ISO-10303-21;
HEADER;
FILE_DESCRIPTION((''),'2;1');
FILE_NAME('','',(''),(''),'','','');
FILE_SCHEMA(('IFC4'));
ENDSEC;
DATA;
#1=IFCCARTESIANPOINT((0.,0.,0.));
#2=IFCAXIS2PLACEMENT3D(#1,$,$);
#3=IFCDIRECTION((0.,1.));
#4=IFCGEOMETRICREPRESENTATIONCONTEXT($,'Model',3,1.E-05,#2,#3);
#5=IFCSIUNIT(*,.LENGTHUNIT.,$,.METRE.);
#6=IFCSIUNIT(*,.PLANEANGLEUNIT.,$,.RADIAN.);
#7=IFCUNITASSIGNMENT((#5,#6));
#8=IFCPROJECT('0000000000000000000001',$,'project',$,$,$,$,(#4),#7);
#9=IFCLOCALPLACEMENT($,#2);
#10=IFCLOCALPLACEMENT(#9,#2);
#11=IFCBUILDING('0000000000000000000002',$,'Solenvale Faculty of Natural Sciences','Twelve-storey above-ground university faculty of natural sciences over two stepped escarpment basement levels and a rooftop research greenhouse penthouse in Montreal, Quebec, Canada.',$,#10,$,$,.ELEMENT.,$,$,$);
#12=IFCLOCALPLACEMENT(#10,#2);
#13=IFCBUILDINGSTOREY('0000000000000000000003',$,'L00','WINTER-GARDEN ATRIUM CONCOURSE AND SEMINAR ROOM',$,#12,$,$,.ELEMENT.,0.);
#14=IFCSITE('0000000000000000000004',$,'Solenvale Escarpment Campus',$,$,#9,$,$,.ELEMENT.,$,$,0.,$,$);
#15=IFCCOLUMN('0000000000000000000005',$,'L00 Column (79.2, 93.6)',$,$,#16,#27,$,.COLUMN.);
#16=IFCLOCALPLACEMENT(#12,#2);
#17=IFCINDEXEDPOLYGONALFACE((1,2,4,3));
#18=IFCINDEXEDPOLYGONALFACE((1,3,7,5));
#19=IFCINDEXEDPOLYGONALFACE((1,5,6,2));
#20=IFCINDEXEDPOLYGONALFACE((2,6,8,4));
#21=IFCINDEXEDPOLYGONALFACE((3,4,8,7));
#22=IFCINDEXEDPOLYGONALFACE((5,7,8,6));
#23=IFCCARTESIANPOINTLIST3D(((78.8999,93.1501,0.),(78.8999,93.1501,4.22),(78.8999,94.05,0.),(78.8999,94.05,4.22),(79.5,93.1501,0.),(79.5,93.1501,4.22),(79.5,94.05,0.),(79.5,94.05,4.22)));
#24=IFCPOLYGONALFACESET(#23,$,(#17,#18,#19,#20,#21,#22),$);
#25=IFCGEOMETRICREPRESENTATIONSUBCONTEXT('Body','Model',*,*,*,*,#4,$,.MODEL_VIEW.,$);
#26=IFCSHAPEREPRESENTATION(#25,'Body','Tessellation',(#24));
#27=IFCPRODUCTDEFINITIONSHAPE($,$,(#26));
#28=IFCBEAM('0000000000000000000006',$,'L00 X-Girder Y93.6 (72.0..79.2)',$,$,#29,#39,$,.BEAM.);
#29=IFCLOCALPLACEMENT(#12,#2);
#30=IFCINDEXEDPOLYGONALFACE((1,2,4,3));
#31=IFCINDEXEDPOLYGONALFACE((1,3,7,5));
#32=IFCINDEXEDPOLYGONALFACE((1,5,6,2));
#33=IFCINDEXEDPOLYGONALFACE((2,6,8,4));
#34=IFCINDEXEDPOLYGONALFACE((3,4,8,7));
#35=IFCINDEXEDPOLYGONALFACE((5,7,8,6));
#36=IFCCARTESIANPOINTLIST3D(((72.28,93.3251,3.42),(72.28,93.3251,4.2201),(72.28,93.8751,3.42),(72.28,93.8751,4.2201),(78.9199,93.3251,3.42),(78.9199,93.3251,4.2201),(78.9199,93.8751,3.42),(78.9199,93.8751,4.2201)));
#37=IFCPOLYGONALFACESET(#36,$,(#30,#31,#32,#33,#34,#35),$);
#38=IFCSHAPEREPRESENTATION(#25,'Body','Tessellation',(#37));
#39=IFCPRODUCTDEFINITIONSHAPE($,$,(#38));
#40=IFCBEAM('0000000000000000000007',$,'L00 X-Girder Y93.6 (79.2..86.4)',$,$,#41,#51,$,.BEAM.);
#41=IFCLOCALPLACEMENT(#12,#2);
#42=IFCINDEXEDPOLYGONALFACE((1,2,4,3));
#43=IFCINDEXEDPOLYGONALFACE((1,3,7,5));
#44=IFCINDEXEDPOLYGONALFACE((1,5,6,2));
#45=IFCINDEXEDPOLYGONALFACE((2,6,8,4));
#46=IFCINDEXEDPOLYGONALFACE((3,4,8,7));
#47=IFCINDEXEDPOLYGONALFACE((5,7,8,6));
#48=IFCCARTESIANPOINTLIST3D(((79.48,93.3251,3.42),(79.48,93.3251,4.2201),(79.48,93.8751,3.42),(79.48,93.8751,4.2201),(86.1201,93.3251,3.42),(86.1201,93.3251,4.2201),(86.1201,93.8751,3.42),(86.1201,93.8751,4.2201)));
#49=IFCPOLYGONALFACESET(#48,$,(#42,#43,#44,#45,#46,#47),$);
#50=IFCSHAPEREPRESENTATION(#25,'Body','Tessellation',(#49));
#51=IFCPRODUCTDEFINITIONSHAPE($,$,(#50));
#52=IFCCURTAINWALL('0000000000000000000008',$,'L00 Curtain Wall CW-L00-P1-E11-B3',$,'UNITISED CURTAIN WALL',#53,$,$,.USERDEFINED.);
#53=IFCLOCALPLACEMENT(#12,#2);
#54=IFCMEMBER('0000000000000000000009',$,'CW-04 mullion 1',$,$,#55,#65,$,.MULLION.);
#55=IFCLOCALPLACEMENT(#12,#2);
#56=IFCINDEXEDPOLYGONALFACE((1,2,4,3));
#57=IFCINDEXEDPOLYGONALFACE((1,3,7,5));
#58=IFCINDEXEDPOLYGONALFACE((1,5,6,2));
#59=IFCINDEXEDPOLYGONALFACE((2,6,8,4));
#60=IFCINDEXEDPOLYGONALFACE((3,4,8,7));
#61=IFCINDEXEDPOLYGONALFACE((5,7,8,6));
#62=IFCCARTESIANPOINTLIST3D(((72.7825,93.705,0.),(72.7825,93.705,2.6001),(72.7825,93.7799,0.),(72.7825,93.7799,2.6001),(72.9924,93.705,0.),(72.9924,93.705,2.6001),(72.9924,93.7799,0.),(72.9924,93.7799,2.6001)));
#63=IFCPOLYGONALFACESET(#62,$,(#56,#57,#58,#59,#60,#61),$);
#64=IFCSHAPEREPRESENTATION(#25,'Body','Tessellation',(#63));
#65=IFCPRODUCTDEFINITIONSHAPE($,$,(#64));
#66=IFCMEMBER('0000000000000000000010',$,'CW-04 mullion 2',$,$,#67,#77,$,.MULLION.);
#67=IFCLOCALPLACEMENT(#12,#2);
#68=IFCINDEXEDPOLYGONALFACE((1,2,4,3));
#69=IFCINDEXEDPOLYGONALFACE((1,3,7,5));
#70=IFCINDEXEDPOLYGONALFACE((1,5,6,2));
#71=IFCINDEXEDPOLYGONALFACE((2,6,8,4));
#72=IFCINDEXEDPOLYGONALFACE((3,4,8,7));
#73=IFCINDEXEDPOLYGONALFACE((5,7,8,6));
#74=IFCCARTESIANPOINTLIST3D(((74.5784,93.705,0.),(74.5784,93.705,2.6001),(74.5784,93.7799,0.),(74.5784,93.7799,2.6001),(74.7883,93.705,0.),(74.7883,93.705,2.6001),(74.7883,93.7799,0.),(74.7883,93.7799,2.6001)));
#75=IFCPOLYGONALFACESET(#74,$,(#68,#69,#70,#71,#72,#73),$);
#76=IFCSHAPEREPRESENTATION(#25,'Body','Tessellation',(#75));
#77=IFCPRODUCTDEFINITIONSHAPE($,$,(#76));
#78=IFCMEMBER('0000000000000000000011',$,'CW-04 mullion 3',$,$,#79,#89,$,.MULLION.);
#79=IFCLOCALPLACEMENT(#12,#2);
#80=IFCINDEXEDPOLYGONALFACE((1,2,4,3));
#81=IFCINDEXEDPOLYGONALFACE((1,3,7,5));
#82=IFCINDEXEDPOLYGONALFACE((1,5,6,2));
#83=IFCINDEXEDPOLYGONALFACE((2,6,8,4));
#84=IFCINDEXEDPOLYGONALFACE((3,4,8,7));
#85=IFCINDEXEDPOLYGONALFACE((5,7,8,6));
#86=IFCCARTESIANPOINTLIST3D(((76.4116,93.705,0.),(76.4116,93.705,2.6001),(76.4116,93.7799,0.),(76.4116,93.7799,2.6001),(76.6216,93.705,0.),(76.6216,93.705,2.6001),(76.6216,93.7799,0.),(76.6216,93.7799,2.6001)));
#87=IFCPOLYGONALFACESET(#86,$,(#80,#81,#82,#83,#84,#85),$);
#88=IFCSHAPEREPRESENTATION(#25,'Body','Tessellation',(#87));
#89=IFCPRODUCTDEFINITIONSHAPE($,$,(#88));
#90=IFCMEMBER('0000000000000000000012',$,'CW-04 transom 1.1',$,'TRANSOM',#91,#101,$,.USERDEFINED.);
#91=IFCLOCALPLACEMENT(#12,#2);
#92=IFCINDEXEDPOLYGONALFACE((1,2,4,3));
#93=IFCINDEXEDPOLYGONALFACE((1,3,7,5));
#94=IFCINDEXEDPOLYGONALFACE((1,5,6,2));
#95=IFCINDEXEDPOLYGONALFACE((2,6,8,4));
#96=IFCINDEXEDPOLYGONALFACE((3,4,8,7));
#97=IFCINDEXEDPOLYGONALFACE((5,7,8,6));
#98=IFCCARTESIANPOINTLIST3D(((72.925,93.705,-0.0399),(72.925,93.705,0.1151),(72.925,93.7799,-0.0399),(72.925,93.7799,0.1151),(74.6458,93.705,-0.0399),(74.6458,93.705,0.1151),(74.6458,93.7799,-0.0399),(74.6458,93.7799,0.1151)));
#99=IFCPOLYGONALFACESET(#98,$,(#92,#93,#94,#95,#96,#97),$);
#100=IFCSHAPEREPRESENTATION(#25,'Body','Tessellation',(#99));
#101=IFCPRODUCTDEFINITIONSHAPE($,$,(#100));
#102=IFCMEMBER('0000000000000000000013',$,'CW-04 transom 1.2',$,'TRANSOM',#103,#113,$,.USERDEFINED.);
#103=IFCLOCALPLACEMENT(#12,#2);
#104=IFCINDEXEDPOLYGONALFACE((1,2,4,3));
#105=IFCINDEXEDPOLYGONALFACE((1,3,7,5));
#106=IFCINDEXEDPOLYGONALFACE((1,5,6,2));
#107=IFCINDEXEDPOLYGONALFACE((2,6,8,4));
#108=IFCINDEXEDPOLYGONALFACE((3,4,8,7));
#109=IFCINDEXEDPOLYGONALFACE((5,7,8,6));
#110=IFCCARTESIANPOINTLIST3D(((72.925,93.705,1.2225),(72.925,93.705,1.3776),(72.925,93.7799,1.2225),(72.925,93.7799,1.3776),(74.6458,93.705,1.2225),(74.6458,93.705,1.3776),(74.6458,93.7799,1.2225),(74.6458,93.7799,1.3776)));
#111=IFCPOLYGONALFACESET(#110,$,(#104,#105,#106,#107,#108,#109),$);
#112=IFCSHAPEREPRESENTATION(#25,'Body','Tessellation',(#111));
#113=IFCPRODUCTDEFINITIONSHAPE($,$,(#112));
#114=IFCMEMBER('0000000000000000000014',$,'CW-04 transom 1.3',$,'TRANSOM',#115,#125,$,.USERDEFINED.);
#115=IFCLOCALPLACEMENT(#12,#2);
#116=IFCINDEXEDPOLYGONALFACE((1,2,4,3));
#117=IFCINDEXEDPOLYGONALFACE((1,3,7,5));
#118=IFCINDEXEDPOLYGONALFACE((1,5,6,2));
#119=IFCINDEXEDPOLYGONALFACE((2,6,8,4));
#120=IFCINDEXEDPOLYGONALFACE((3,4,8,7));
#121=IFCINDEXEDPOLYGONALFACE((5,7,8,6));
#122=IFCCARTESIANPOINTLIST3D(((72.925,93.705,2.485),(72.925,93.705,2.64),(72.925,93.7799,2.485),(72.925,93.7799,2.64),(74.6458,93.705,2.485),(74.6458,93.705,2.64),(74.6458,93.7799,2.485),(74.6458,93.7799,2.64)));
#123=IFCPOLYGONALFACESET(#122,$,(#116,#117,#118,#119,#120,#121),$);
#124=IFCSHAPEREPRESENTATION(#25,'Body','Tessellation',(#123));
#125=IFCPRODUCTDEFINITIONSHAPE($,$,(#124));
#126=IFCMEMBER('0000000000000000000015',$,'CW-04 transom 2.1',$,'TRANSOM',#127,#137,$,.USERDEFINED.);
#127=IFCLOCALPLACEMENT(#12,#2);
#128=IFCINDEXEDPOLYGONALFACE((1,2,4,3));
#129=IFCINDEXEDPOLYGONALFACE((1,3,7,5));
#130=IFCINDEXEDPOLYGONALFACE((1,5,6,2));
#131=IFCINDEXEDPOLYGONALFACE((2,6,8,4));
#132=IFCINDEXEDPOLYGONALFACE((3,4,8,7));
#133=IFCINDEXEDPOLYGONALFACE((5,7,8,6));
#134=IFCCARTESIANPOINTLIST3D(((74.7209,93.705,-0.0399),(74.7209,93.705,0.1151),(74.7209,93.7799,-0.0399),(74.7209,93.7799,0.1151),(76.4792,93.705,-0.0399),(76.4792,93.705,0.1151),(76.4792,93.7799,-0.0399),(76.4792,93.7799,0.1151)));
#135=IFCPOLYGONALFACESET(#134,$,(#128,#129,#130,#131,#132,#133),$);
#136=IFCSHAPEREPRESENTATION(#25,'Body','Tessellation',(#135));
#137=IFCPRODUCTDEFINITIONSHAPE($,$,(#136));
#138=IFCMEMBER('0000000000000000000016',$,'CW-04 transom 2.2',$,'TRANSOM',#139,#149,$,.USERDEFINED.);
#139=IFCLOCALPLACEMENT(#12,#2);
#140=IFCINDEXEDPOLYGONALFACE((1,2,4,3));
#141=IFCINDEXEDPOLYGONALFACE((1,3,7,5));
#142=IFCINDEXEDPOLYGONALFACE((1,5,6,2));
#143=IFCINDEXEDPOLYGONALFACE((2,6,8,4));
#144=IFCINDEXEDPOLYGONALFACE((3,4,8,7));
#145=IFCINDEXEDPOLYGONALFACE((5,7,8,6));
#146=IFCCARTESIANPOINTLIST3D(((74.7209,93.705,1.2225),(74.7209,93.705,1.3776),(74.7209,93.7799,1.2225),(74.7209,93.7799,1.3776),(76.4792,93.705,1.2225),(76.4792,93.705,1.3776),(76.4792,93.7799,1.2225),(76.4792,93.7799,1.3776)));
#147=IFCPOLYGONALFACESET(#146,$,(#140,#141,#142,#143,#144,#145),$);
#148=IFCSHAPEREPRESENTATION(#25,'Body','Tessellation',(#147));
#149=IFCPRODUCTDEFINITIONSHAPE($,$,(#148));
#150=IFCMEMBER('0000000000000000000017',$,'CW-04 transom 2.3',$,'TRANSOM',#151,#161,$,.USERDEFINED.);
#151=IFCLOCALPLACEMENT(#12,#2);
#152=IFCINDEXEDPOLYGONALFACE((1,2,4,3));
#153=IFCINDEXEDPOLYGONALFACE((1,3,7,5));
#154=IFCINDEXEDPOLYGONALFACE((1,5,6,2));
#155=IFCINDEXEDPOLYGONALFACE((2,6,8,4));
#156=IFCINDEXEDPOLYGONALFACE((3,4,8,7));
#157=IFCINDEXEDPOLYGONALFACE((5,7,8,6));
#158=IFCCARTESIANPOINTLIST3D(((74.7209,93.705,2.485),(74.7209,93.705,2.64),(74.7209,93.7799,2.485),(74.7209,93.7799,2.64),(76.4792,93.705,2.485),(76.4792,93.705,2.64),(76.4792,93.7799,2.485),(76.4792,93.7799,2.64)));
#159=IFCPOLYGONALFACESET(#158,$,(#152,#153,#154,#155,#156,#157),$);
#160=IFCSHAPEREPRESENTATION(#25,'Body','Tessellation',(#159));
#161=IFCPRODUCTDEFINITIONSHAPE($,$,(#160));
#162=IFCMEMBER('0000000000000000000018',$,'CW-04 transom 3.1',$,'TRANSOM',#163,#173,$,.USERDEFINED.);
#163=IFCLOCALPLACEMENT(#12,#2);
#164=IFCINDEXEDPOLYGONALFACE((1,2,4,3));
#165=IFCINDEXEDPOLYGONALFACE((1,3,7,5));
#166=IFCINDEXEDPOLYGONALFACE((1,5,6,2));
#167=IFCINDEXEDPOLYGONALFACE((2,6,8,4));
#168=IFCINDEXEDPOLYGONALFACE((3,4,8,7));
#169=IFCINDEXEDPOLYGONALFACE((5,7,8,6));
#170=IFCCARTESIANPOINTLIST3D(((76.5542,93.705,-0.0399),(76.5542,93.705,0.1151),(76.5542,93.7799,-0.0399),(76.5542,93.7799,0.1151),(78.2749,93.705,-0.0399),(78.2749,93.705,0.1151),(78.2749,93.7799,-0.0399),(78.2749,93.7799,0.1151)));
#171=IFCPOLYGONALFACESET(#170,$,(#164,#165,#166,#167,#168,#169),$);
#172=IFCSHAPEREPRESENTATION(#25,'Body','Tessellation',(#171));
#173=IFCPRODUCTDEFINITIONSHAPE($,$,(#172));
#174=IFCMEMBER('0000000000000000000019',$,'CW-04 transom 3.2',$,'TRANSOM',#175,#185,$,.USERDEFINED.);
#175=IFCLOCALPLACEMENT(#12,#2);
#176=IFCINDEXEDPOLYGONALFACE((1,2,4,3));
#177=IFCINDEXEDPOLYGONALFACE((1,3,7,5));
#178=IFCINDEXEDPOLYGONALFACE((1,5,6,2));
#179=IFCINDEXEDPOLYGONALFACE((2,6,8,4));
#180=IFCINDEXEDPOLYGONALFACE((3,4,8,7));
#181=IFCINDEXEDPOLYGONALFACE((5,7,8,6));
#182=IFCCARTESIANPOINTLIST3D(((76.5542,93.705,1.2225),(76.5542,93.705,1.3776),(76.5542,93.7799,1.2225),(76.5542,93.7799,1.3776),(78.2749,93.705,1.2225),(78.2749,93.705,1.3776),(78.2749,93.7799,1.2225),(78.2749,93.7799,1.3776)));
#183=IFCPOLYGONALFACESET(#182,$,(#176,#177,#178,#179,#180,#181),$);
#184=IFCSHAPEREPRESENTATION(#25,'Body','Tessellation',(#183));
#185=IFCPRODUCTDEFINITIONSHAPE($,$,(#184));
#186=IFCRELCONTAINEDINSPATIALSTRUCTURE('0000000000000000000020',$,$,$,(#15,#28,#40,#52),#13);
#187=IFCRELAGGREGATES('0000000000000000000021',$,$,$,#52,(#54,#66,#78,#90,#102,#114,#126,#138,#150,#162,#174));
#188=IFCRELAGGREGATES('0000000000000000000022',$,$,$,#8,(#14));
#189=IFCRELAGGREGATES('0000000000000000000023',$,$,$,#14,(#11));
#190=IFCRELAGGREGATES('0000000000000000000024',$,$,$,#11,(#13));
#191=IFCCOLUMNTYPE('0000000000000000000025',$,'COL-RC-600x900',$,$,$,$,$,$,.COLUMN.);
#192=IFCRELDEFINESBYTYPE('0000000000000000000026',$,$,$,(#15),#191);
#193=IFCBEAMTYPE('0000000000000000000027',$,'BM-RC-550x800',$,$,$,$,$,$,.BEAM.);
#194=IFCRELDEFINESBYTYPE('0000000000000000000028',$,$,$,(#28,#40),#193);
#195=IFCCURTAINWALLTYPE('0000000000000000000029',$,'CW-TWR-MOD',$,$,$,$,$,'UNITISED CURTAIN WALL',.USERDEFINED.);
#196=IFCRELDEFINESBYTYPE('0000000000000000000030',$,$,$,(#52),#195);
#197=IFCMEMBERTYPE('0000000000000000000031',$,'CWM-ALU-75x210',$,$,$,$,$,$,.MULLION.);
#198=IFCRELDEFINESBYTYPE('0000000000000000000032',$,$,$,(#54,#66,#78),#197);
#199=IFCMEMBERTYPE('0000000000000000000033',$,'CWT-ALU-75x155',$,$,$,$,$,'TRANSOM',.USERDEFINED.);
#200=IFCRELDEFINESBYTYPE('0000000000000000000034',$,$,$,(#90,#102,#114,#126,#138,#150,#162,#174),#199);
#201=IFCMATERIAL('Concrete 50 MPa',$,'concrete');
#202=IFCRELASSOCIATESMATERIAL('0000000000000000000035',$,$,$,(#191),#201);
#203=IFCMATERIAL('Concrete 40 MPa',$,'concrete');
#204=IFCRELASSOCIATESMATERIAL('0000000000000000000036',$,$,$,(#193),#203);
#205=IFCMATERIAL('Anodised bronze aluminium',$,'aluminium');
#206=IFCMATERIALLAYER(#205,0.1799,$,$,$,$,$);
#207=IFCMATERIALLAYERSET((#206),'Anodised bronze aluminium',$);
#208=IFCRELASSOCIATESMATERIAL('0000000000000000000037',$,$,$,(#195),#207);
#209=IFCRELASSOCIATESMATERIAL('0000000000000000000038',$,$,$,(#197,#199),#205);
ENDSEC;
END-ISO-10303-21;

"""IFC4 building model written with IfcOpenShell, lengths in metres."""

from ifc_helpers import new_model, si_unit, direction, frame, origin, origin_2d, place, context, subcontext, project, spatial, rectangle, extrude, material, layer, layer_set, material_profile, profile_set, type_object, element, aggregate, save


model = new_model("IFC4")

# Units and contexts
model_context = context("Model", 3, precision=1e-05, world=origin(), true_north=direction((0.0, 1.0)))
body_context = subcontext(model_context, "Body", "Model", "MODEL_VIEW")
ifc_project = project(units=[si_unit("LENGTHUNIT", "METRE"), si_unit("PLANEANGLEUNIT", "RADIAN")], contexts=[model_context])

# Site, building, storey
site_placement = place(None, origin())
site = spatial("IfcSite", under=ifc_project, at=site_placement, Name="Solenvale Escarpment Campus", CompositionType="ELEMENT", RefElevation=0.0)
building_placement = place(site_placement, origin())
building = spatial("IfcBuilding", under=site, at=building_placement, Name="Solenvale Faculty of Natural Sciences", Description="Twelve-storey above-ground university faculty of natural sciences over two stepped escarpment basement levels and a rooftop research greenhouse penthouse in Montreal, Quebec, Canada.", CompositionType="ELEMENT")
storey_placement = place(building_placement, origin())
storey = spatial("IfcBuildingStorey", under=building, at=storey_placement, Name="L00", Description="WINTER-GARDEN ATRIUM CONCOURSE AND SEMINAR ROOM", CompositionType="ELEMENT", Elevation=0.0)

# Column
ifc_material_1 = material(Name="Concrete 50 MPa", Category="concrete")
ifc_material_profile_1 = material_profile(ifc_material_1, rectangle(XDim=0.6001, YDim=0.8999, at=origin_2d()), Name="RC-COL-600x900")
ifc_profile_set_1 = profile_set([ifc_material_profile_1], Name="Concrete 50 MPa")
column_type = type_object("IfcColumnType", Name="COL-RC-600x900", PredefinedType="COLUMN", material=ifc_profile_set_1)
column_placement = place(storey_placement, frame((79.2, 93.6001, 0.0), z_axis=(0.0, 0.0, 1.0), x_axis=(1.0, 0.0, 0.0)))
element("IfcColumn", 1, at=column_placement, inside=storey, type_object=column_type, Name="L00 Column (79.2, 93.6)", PredefinedType="COLUMN", context=body_context, shape_type="SweptSolid", body=[
    extrude(rectangle(XDim=0.6001, YDim=0.8999, at=origin_2d()), origin(), (0.0, 0.0, 1.0), 4.22),
])

# Beams
ifc_material_2 = material(Name="Concrete 40 MPa", Category="concrete")
ifc_material_profile_2 = material_profile(ifc_material_2, rectangle(XDim=0.55, YDim=0.8, at=origin_2d()), Name="RC-BM-550x800")
ifc_profile_set_2 = profile_set([ifc_material_profile_2], Name="Concrete 40 MPa")
beam_type = type_object("IfcBeamType", Name="BM-RC-550x800", PredefinedType="BEAM", material=ifc_profile_set_2)
beam_1_placement = place(storey_placement, frame((72.28, 93.6001, 3.8201), z_axis=(1.0, 0.0, 0.0), x_axis=(0.0, 1.0, 0.0)))
element("IfcBeam", 2, at=beam_1_placement, inside=storey, type_object=beam_type, Name="L00 X-Girder Y93.6 (72.0..79.2)", PredefinedType="BEAM", context=body_context, shape_type="SweptSolid", body=[
    extrude(rectangle(XDim=0.55, YDim=0.8, at=origin_2d()), origin(), (0.0, 0.0, 1.0), 6.6399),
])
beam_2_placement = place(storey_placement, frame((79.48, 93.6001, 3.8201), z_axis=(1.0, 0.0, 0.0), x_axis=(0.0, 1.0, 0.0)))
element("IfcBeam", 3, at=beam_2_placement, inside=storey, type_object=beam_type, Name="L00 X-Girder Y93.6 (79.2..86.4)", PredefinedType="BEAM", context=body_context, shape_type="SweptSolid", body=[
    extrude(rectangle(XDim=0.55, YDim=0.8, at=origin_2d()), origin(), (0.0, 0.0, 1.0), 6.6401),
])

# Curtain wall, members
ifc_material_3 = material(Name="Anodised bronze aluminium", Category="aluminium")
ifc_layer_1 = layer(ifc_material_3, 0.1799)
ifc_layer_set_1 = layer_set([ifc_layer_1], Name="Anodised bronze aluminium")
curtain_wall_type = type_object("IfcCurtainWallType", Name="CW-TWR-MOD", ElementType="UNITISED CURTAIN WALL", PredefinedType="USERDEFINED", material=ifc_layer_set_1)
curtain_wall_placement = place(storey_placement, origin())
curtain_wall = element("IfcCurtainWall", 4, at=curtain_wall_placement, inside=storey, type_object=curtain_wall_type, Name="L00 Curtain Wall CW-L00-P1-E11-B3", ObjectType="UNITISED CURTAIN WALL", PredefinedType="USERDEFINED")
ifc_material_profile_3 = material_profile(ifc_material_3, rectangle(XDim=0.075, YDim=0.21, at=origin_2d()), Name="ALU-MUL-75x210")
ifc_profile_set_3 = profile_set([ifc_material_profile_3], Name="Anodised bronze aluminium")
member_type_1 = type_object("IfcMemberType", Name="CWM-ALU-75x210", PredefinedType="MULLION", material=ifc_profile_set_3)
member_1_placement = place(storey_placement, frame((72.8875, 93.7424, 0.0), z_axis=(0.0, 0.0, 1.0), x_axis=(0.0, 1.0, 0.0)))
member_1 = element("IfcMember", 5, at=member_1_placement, type_object=member_type_1, Name="CW-04 mullion 1", PredefinedType="MULLION", context=body_context, shape_type="SweptSolid", body=[
    extrude(rectangle(XDim=0.075, YDim=0.21, at=origin_2d()), origin(), (0.0, 0.0, 1.0), 2.6001),
])
member_2_placement = place(storey_placement, frame((74.6833, 93.7424, 0.0), z_axis=(0.0, 0.0, 1.0), x_axis=(0.0, 1.0, 0.0)))
member_2 = element("IfcMember", 6, at=member_2_placement, type_object=member_type_1, Name="CW-04 mullion 2", PredefinedType="MULLION", context=body_context, shape_type="SweptSolid", body=[
    extrude(rectangle(XDim=0.075, YDim=0.21, at=origin_2d()), origin(), (0.0, 0.0, 1.0), 2.6001),
])
member_3_placement = place(storey_placement, frame((76.5166, 93.7424, 0.0), z_axis=(0.0, 0.0, 1.0), x_axis=(0.0, 1.0, 0.0)))
member_3 = element("IfcMember", 7, at=member_3_placement, type_object=member_type_1, Name="CW-04 mullion 3", PredefinedType="MULLION", context=body_context, shape_type="SweptSolid", body=[
    extrude(rectangle(XDim=0.075, YDim=0.21, at=origin_2d()), origin(), (0.0, 0.0, 1.0), 2.6001),
])
ifc_material_profile_4 = material_profile(ifc_material_3, rectangle(XDim=0.075, YDim=0.155, at=origin_2d()), Name="ALU-TRN-75x155")
ifc_profile_set_4 = profile_set([ifc_material_profile_4], Name="Anodised bronze aluminium")
member_type_2 = type_object("IfcMemberType", Name="CWT-ALU-75x155", ElementType="TRANSOM", PredefinedType="USERDEFINED", material=ifc_profile_set_4)
member_4_placement = place(storey_placement, frame((72.925, 93.7424, 0.0376), z_axis=(1.0, 0.0, 0.0), x_axis=(0.0, 1.0, 0.0)))
member_4 = element("IfcMember", 8, at=member_4_placement, type_object=member_type_2, Name="CW-04 transom 1.1", ObjectType="TRANSOM", PredefinedType="USERDEFINED", context=body_context, shape_type="SweptSolid", body=[
    extrude(rectangle(XDim=0.075, YDim=0.155, at=origin_2d()), origin(), (0.0, 0.0, 1.0), 1.7207),
])
member_5_placement = place(storey_placement, frame((72.925, 93.7424, 1.3), z_axis=(1.0, 0.0, 0.0), x_axis=(0.0, 1.0, 0.0)))
member_5 = element("IfcMember", 9, at=member_5_placement, type_object=member_type_2, Name="CW-04 transom 1.2", ObjectType="TRANSOM", PredefinedType="USERDEFINED", context=body_context, shape_type="SweptSolid", body=[
    extrude(rectangle(XDim=0.075, YDim=0.155, at=origin_2d()), origin(), (0.0, 0.0, 1.0), 1.7207),
])
member_6_placement = place(storey_placement, frame((72.925, 93.7424, 2.5625), z_axis=(1.0, 0.0, 0.0), x_axis=(0.0, 1.0, 0.0)))
member_6 = element("IfcMember", 10, at=member_6_placement, type_object=member_type_2, Name="CW-04 transom 1.3", ObjectType="TRANSOM", PredefinedType="USERDEFINED", context=body_context, shape_type="SweptSolid", body=[
    extrude(rectangle(XDim=0.075, YDim=0.155, at=origin_2d()), origin(), (0.0, 0.0, 1.0), 1.7207),
])
member_7_placement = place(storey_placement, frame((74.7209, 93.7424, 0.0376), z_axis=(1.0, 0.0, 0.0), x_axis=(0.0, 1.0, 0.0)))
member_7 = element("IfcMember", 11, at=member_7_placement, type_object=member_type_2, Name="CW-04 transom 2.1", ObjectType="TRANSOM", PredefinedType="USERDEFINED", context=body_context, shape_type="SweptSolid", body=[
    extrude(rectangle(XDim=0.075, YDim=0.155, at=origin_2d()), origin(), (0.0, 0.0, 1.0), 1.7583),
])
member_8_placement = place(storey_placement, frame((74.7209, 93.7424, 1.3), z_axis=(1.0, 0.0, 0.0), x_axis=(0.0, 1.0, 0.0)))
member_8 = element("IfcMember", 12, at=member_8_placement, type_object=member_type_2, Name="CW-04 transom 2.2", ObjectType="TRANSOM", PredefinedType="USERDEFINED", context=body_context, shape_type="SweptSolid", body=[
    extrude(rectangle(XDim=0.075, YDim=0.155, at=origin_2d()), origin(), (0.0, 0.0, 1.0), 1.7583),
])
member_9_placement = place(storey_placement, frame((74.7209, 93.7424, 2.5625), z_axis=(1.0, 0.0, 0.0), x_axis=(0.0, 1.0, 0.0)))
member_9 = element("IfcMember", 13, at=member_9_placement, type_object=member_type_2, Name="CW-04 transom 2.3", ObjectType="TRANSOM", PredefinedType="USERDEFINED", context=body_context, shape_type="SweptSolid", body=[
    extrude(rectangle(XDim=0.075, YDim=0.155, at=origin_2d()), origin(), (0.0, 0.0, 1.0), 1.7583),
])
member_10_placement = place(storey_placement, frame((76.5542, 93.7424, 0.0376), z_axis=(1.0, 0.0, 0.0), x_axis=(0.0, 1.0, 0.0)))
member_10 = element("IfcMember", 14, at=member_10_placement, type_object=member_type_2, Name="CW-04 transom 3.1", ObjectType="TRANSOM", PredefinedType="USERDEFINED", context=body_context, shape_type="SweptSolid", body=[
    extrude(rectangle(XDim=0.075, YDim=0.155, at=origin_2d()), origin(), (0.0, 0.0, 1.0), 1.7207),
])
member_11_placement = place(storey_placement, frame((76.5542, 93.7424, 1.3), z_axis=(1.0, 0.0, 0.0), x_axis=(0.0, 1.0, 0.0)))
member_11 = element("IfcMember", 15, at=member_11_placement, type_object=member_type_2, Name="CW-04 transom 3.2", ObjectType="TRANSOM", PredefinedType="USERDEFINED", context=body_context, shape_type="SweptSolid", body=[
    extrude(rectangle(XDim=0.075, YDim=0.155, at=origin_2d()), origin(), (0.0, 0.0, 1.0), 1.7207),
])
aggregate(curtain_wall, [member_1, member_2, member_3, member_4, member_5, member_6, member_7, member_8, member_9, member_10, member_11])

save(model, "model.ifc")
